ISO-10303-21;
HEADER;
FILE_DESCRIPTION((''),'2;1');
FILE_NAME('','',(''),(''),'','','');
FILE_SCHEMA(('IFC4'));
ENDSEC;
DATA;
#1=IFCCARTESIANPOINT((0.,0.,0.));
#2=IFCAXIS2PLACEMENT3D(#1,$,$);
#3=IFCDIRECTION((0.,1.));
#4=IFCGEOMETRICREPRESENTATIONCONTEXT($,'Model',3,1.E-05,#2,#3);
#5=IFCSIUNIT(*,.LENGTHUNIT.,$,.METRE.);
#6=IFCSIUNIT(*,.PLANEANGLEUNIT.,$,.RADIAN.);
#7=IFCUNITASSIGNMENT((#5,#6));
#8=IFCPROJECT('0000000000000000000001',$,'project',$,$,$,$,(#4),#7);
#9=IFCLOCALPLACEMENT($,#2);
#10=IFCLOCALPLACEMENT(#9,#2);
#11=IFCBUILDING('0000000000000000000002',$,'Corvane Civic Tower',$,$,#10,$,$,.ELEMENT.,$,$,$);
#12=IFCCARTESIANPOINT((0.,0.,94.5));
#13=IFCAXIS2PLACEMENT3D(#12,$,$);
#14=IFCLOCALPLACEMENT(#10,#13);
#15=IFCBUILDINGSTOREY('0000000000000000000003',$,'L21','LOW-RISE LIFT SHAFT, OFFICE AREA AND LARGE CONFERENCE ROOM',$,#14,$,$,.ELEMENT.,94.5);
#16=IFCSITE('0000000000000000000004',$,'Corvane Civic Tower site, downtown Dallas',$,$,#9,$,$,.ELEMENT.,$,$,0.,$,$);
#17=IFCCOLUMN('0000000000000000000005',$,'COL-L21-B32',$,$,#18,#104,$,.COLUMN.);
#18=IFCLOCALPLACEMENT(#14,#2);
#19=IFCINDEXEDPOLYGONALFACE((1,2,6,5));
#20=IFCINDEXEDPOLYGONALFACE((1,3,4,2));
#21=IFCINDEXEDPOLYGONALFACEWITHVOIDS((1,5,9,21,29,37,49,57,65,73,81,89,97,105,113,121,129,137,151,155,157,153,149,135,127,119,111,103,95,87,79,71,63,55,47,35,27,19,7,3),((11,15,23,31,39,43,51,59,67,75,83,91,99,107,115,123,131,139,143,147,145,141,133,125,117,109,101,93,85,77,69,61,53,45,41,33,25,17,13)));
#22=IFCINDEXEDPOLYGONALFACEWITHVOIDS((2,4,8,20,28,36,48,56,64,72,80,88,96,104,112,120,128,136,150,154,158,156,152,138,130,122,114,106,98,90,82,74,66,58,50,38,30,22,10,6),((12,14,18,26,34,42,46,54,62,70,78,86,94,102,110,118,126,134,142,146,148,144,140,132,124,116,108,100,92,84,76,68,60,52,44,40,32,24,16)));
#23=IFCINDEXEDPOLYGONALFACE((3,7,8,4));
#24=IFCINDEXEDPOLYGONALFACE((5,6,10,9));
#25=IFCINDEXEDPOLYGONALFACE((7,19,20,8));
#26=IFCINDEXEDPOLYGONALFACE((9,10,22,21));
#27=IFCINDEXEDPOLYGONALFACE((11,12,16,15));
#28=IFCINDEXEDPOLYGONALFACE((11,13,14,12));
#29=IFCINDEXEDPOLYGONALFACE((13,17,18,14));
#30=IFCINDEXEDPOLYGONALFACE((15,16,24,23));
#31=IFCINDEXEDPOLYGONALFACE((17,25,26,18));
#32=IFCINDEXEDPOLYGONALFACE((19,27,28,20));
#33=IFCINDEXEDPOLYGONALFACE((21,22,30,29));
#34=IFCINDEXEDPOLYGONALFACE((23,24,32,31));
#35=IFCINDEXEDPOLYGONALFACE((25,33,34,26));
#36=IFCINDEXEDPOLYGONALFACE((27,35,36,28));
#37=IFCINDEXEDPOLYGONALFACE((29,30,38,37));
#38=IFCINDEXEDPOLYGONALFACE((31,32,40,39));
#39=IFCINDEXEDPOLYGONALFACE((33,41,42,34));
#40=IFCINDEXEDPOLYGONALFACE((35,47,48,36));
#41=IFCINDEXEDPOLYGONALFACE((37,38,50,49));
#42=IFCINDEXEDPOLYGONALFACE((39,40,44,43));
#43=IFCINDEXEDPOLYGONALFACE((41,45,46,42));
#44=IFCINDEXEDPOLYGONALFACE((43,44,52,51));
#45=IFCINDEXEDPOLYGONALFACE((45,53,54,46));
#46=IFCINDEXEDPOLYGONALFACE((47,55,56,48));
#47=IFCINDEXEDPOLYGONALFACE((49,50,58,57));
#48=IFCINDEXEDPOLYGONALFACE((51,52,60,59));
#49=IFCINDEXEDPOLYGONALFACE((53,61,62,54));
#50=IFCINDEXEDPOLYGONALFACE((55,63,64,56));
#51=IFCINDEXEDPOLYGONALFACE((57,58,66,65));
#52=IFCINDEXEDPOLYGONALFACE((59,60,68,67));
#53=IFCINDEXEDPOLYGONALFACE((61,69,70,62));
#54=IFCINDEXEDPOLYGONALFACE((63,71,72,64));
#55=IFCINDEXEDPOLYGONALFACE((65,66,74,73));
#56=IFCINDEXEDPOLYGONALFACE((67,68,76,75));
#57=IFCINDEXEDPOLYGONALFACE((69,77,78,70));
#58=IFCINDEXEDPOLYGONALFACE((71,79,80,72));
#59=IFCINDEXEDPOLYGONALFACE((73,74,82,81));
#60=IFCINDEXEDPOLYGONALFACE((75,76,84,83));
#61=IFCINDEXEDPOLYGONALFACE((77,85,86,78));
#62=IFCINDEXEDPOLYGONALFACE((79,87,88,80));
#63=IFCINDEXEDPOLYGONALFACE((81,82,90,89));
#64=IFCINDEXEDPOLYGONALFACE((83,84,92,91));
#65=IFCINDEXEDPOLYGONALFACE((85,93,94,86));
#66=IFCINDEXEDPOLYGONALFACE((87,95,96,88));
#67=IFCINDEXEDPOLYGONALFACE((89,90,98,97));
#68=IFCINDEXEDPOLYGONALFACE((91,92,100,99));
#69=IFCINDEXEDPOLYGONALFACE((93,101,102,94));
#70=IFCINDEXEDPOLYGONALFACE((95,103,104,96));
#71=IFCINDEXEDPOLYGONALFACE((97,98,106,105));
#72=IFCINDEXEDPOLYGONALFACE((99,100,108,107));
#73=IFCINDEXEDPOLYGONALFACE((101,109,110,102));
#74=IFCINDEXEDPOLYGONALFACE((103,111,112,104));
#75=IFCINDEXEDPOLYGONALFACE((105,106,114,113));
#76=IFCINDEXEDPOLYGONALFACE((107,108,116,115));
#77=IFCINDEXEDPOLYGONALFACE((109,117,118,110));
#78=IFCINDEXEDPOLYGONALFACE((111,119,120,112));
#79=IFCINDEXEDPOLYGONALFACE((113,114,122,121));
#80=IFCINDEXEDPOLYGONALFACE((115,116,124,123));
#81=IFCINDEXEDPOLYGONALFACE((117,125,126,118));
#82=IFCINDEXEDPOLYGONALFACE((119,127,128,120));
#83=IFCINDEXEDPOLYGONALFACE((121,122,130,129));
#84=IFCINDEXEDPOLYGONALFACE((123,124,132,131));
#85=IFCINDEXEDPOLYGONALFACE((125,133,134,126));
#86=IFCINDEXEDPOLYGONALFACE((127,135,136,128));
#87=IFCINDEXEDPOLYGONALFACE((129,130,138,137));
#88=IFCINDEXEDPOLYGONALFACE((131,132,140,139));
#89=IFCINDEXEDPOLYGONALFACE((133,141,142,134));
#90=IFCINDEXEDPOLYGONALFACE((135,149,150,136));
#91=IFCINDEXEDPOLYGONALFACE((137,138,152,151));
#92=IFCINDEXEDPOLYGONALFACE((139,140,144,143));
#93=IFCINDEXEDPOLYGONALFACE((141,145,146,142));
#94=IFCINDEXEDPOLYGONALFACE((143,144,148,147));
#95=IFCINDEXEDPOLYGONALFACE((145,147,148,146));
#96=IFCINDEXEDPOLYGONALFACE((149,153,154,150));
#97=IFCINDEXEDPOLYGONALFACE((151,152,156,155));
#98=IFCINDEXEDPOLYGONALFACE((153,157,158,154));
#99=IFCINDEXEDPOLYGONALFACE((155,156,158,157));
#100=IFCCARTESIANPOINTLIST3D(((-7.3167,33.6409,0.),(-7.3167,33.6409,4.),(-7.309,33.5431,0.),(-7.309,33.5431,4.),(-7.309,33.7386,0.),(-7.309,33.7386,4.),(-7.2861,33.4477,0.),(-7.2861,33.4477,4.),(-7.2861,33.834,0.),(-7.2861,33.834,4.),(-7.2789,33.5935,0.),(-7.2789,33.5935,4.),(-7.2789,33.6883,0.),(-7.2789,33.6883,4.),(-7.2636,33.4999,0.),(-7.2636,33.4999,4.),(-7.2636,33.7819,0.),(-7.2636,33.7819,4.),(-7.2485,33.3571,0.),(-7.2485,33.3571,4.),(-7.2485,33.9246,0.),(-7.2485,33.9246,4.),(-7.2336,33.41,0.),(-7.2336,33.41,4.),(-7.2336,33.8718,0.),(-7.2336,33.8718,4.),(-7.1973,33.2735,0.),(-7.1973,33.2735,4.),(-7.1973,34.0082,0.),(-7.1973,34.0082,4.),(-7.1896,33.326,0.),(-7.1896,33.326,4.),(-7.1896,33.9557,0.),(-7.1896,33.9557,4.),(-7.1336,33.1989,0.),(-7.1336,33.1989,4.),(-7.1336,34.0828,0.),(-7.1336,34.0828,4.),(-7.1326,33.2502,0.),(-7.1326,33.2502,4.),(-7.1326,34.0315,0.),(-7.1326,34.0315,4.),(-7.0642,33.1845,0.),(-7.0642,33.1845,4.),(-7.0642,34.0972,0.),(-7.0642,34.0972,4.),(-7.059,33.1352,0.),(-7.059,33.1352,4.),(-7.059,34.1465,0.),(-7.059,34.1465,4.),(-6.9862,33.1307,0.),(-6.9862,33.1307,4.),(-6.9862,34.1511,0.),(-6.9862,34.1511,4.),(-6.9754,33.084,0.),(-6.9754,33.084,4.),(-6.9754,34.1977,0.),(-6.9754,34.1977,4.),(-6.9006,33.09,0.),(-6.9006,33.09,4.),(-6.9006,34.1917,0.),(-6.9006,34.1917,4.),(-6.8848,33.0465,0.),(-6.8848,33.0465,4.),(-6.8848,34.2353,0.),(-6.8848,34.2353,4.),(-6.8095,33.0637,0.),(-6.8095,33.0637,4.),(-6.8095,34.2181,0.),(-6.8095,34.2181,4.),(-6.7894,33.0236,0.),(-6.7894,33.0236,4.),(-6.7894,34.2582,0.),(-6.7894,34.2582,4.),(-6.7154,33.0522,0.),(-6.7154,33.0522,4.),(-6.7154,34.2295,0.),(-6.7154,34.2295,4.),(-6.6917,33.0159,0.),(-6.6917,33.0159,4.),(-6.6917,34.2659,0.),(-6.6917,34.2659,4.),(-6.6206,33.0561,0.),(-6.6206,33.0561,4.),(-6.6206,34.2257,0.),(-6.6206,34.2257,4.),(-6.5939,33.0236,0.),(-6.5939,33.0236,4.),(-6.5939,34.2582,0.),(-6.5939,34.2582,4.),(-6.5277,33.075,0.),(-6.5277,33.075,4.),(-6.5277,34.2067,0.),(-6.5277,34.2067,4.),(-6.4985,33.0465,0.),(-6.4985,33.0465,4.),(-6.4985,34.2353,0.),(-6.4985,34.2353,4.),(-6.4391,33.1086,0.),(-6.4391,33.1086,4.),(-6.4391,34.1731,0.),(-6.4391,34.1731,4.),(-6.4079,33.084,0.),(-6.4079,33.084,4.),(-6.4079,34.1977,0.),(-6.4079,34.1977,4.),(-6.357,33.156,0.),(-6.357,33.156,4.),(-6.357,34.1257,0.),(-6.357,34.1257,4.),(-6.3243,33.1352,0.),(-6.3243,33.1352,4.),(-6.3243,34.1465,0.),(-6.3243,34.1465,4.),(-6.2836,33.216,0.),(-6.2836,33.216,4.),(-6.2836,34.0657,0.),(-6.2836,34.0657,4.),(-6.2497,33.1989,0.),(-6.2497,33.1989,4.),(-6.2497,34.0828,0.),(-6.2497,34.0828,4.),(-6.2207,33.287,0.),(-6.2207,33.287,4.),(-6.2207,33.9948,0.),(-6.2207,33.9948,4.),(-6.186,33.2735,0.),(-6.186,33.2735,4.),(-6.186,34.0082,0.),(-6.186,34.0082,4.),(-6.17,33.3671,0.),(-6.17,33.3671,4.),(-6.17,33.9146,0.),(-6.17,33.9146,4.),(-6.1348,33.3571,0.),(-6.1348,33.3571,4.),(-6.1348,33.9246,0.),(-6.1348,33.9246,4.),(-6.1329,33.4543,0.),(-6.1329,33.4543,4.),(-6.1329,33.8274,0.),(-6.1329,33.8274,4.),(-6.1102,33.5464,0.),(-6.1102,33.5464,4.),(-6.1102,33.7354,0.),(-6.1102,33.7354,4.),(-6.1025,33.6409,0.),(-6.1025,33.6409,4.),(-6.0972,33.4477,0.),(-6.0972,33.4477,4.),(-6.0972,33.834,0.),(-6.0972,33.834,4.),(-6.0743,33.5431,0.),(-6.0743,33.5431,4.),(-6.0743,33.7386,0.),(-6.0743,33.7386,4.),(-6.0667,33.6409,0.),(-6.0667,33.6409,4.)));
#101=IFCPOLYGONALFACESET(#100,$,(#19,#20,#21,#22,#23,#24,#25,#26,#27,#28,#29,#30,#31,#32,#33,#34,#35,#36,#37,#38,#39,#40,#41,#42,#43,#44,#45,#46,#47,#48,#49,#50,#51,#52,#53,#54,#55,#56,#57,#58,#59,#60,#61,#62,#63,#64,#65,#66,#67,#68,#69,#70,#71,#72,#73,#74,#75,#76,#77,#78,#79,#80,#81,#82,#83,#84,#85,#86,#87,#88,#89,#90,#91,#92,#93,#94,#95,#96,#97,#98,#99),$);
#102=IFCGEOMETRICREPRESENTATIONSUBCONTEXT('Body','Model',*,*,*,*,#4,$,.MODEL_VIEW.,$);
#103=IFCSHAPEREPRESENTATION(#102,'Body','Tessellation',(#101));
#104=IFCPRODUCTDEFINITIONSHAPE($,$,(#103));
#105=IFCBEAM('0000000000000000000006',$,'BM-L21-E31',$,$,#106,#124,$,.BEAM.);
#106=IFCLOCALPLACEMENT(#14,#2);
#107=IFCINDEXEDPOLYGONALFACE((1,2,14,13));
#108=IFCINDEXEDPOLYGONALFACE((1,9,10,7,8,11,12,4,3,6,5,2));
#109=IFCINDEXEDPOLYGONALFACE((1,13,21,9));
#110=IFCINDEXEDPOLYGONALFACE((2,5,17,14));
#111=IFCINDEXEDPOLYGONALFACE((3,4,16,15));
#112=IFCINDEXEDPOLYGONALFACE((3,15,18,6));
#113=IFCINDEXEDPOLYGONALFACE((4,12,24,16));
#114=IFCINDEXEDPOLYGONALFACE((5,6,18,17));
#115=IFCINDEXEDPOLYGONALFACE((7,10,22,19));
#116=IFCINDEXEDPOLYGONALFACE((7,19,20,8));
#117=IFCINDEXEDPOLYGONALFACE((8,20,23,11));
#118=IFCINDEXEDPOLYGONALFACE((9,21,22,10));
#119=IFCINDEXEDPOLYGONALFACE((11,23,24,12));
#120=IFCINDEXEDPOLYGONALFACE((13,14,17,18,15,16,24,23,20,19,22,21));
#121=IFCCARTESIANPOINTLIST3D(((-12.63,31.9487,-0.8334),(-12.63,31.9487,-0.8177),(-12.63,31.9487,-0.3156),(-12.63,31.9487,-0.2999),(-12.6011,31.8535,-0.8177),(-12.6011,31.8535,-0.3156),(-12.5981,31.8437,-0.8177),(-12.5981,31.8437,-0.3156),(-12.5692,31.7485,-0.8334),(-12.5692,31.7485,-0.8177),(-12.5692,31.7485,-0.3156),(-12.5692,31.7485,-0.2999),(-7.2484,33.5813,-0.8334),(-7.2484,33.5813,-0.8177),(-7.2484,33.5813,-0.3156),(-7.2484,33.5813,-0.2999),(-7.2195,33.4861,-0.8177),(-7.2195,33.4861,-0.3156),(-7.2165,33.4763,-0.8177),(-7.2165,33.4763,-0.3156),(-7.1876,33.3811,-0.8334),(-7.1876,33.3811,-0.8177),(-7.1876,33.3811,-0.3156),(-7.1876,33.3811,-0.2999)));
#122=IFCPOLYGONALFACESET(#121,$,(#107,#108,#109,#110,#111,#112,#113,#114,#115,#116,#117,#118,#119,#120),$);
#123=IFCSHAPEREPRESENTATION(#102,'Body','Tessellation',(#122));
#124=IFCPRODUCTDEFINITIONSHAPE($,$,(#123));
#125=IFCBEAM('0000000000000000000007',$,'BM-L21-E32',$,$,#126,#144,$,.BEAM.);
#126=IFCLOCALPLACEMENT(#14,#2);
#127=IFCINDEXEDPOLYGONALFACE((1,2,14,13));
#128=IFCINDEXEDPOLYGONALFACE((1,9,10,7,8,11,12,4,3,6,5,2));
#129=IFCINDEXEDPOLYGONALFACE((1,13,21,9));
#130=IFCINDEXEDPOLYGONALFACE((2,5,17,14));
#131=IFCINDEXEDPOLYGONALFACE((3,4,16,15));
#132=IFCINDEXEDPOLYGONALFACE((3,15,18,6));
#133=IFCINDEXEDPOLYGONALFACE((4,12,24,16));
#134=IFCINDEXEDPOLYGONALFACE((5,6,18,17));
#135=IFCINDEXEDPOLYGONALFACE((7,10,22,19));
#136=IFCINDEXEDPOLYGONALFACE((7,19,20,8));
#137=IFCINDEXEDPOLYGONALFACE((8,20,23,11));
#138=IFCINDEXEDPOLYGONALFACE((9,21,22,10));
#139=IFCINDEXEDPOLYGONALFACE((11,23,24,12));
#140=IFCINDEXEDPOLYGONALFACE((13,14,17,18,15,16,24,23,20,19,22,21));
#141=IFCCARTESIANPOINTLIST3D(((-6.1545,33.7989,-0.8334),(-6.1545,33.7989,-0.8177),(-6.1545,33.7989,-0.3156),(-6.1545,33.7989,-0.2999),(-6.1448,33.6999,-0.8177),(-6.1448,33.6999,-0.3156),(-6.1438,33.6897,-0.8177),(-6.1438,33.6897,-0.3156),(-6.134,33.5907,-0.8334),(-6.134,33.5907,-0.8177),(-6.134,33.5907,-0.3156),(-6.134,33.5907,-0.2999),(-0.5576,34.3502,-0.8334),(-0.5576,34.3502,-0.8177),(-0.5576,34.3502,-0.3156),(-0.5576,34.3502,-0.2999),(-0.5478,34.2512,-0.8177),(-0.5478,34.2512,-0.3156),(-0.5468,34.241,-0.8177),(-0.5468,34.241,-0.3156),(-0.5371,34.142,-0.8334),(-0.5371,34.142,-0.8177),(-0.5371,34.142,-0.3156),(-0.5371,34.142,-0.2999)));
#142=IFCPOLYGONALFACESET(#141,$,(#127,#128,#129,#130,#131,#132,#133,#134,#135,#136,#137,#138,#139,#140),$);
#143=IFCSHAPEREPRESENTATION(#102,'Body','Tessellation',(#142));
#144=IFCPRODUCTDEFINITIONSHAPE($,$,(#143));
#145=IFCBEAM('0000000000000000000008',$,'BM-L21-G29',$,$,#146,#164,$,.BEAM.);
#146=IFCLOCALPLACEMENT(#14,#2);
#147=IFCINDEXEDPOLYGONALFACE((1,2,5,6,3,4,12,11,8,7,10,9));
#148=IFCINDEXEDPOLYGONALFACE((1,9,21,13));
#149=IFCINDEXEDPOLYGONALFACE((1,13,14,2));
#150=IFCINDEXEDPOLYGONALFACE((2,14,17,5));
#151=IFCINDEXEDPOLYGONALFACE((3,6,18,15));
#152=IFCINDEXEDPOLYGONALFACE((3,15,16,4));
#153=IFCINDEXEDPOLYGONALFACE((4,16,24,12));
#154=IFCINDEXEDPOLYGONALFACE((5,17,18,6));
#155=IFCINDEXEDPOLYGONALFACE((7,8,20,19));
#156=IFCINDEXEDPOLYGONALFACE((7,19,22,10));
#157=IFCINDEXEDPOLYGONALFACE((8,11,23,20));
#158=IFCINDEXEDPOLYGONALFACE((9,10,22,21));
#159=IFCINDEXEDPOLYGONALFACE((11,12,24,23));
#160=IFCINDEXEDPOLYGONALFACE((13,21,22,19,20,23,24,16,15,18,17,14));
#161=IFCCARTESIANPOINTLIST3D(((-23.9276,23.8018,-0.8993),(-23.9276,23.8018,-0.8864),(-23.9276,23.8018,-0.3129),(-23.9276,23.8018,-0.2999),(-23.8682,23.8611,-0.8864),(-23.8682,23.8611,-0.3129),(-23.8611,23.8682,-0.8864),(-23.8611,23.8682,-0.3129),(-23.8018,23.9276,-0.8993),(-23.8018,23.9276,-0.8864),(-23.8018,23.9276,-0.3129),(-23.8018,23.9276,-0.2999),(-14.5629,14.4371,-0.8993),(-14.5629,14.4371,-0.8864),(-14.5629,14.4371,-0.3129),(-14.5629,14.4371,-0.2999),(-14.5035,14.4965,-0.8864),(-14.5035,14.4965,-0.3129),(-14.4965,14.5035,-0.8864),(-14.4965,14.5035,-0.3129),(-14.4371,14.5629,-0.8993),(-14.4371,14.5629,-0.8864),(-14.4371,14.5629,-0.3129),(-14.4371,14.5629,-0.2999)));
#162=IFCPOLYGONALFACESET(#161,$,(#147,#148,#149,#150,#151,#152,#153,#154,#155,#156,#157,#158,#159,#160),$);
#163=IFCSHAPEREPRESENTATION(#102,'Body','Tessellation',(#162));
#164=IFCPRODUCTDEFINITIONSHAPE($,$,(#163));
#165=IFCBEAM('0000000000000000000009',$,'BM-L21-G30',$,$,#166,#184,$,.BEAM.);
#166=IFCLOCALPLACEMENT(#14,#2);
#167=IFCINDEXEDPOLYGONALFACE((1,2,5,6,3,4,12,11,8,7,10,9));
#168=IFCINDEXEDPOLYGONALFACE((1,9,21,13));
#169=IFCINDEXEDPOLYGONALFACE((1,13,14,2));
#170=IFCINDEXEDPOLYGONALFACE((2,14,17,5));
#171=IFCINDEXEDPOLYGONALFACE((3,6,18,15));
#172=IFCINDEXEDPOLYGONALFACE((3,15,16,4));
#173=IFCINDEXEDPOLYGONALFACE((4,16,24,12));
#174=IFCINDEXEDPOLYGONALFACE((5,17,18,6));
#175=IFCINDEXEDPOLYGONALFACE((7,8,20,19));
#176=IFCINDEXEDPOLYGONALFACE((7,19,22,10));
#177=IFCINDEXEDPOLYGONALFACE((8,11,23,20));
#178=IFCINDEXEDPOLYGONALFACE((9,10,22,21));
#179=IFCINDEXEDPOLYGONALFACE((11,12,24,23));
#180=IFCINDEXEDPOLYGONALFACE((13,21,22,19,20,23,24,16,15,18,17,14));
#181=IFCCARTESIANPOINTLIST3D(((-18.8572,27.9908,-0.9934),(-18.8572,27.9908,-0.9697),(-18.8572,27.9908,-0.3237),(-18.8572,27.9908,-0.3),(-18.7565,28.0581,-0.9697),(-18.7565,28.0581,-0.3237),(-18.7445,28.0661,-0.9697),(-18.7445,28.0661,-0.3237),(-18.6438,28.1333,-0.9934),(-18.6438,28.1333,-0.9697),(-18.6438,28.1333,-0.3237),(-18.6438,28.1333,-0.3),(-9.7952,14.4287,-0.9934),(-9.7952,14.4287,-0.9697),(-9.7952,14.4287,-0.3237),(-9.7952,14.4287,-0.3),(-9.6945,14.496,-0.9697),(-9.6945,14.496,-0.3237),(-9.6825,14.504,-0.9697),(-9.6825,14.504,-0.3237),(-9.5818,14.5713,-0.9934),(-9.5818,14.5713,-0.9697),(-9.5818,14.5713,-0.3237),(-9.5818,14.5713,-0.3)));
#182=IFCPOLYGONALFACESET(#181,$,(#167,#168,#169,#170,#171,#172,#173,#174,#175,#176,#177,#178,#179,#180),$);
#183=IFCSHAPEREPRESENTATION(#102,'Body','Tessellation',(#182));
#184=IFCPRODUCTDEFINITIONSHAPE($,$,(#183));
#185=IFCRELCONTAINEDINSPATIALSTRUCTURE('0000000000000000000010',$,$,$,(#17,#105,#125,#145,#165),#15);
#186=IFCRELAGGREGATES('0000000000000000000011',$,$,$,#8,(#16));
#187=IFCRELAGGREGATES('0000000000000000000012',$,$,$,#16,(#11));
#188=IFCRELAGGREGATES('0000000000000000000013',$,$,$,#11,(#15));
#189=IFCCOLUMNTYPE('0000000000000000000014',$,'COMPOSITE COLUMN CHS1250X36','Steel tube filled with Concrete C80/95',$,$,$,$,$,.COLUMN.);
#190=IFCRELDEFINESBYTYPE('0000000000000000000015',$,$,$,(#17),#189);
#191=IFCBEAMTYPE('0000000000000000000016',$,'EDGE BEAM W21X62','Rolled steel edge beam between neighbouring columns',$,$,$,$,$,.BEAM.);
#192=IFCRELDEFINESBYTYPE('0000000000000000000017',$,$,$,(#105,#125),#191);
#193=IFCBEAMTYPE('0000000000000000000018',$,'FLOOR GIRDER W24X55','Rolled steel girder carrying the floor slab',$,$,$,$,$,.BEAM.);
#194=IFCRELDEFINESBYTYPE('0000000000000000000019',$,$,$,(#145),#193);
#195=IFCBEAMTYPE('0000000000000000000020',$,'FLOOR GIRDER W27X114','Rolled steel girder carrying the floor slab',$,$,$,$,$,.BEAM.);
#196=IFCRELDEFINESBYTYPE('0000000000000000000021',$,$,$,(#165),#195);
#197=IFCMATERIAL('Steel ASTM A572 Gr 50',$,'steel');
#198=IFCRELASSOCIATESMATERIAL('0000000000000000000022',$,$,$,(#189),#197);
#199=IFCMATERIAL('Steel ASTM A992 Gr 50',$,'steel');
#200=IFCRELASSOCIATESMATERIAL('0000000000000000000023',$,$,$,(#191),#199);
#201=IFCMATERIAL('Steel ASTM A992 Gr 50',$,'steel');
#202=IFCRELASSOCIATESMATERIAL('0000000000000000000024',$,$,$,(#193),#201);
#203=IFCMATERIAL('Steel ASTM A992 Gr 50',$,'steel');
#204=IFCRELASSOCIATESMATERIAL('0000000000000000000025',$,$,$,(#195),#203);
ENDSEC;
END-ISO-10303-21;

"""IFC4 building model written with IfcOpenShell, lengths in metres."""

from ifc_helpers import new_model, si_unit, direction, frame, origin, origin_2d, place, context, subcontext, project, spatial, hollow_circle, i_section, extrude, material, material_profile, profile_set, type_object, element, save


model = new_model("IFC4")

# Units and contexts
model_context = context("Model", 3, precision=1e-05, world=origin(), true_north=direction((0.0, 1.0)))
body_context = subcontext(model_context, "Body", "Model", "MODEL_VIEW")
ifc_project = project(units=[si_unit("LENGTHUNIT", "METRE"), si_unit("PLANEANGLEUNIT", "RADIAN")], contexts=[model_context])

# Site, building, storey
site_placement = place(None, origin())
site = spatial("IfcSite", under=ifc_project, at=site_placement, Name="Corvane Civic Tower site, downtown Dallas", CompositionType="ELEMENT", RefElevation=0.0)
building_placement = place(site_placement, origin())
building = spatial("IfcBuilding", under=site, at=building_placement, Name="Corvane Civic Tower", CompositionType="ELEMENT")
storey_placement = place(building_placement, frame((0.0, 0.0, 94.5)))
storey = spatial("IfcBuildingStorey", under=building, at=storey_placement, Name="L21", Description="LOW-RISE LIFT SHAFT, OFFICE AREA AND LARGE CONFERENCE ROOM", CompositionType="ELEMENT", Elevation=94.5)

# Column
ifc_material_1 = material(Name="Steel ASTM A572 Gr 50", Category="steel")
ifc_material_profile_1 = material_profile(ifc_material_1, hollow_circle(Radius=0.625, WallThickness=0.0359, at=origin_2d()), Name="CHS1250X36")
ifc_profile_set_1 = profile_set([ifc_material_profile_1], Name="Steel ASTM A572 Gr 50")
column_type = type_object("IfcColumnType", Name="COMPOSITE COLUMN CHS1250X36", Description="Steel tube filled with Concrete C80/95", PredefinedType="COLUMN", material=ifc_profile_set_1)
for number, where, z_axis, x_axis, name in (
    (1, (-6.6917, 33.6409, 0.0), (0.0, 0.0, 1.0), (1.0, 0.0, 0.0), "COL-L21-B32"),
):
    element("IfcColumn", number, at=place(storey_placement, frame(where, z_axis=z_axis, x_axis=x_axis)), inside=storey, type_object=column_type, Name=name, PredefinedType="COLUMN", context=body_context, shape_type="SweptSolid", body=[
        extrude(hollow_circle(Radius=0.625, WallThickness=0.0359, at=origin_2d()), origin(), (0.0, 0.0, 1.0), 4.0),
    ])

# Beams
ifc_material_2 = material(Name="Steel ASTM A992 Gr 50", Category="steel")
ifc_material_profile_2 = material_profile(ifc_material_2, i_section(OverallWidth=0.2092, OverallDepth=0.5334, WebThickness=0.0103, FlangeThickness=0.0156, at=origin_2d()), Name="W21X62")
ifc_profile_set_2 = profile_set([ifc_material_profile_2], Name="Steel ASTM A992 Gr 50")
beam_type_1 = type_object("IfcBeamType", Name="EDGE BEAM W21X62", Description="Rolled steel edge beam between neighbouring columns", PredefinedType="BEAM", material=ifc_profile_set_2)
beam_1_placement = place(storey_placement, frame((-12.5996, 31.8486, -0.5667), z_axis=(0.956936, 0.290298, 0.0), x_axis=(-0.290298, 0.956936, 0.0)))
element("IfcBeam", 2, at=beam_1_placement, inside=storey, type_object=beam_type_1, Name="BM-L21-E31", PredefinedType="BEAM", context=body_context, shape_type="SweptSolid", body=[
    extrude(i_section(OverallWidth=0.2092, OverallDepth=0.5334, WebThickness=0.0103, FlangeThickness=0.0156, at=origin_2d()), origin(), (0.0, 0.0, 1.0), 5.6238),
])
beam_2_placement = place(storey_placement, frame((-6.1443, 33.6948, -0.5667), z_axis=(0.995184, 0.098021, 0.0), x_axis=(-0.098021, 0.995184, 0.0)))
element("IfcBeam", 3, at=beam_2_placement, inside=storey, type_object=beam_type_1, Name="BM-L21-E32", PredefinedType="BEAM", context=body_context, shape_type="SweptSolid", body=[
    extrude(i_section(OverallWidth=0.2092, OverallDepth=0.5334, WebThickness=0.0103, FlangeThickness=0.0156, at=origin_2d()), origin(), (0.0, 0.0, 1.0), 5.624),
])
ifc_material_3 = material(Name="Steel ASTM A992 Gr 50", Category="steel")
ifc_material_profile_3 = material_profile(ifc_material_3, i_section(OverallWidth=0.178, OverallDepth=0.5994, WebThickness=0.01, FlangeThickness=0.0129, at=origin_2d()), Name="W24X55")
ifc_profile_set_3 = profile_set([ifc_material_profile_3], Name="Steel ASTM A992 Gr 50")
beam_type_2 = type_object("IfcBeamType", Name="FLOOR GIRDER W24X55", Description="Rolled steel girder carrying the floor slab", PredefinedType="BEAM", material=ifc_profile_set_3)
beam_3_placement = place(storey_placement, frame((-14.5, 14.5, -0.5996), z_axis=(-0.707107, 0.707107, 0.0), x_axis=(-0.707107, -0.707107, 0.0)))
element("IfcBeam", 4, at=beam_3_placement, inside=storey, type_object=beam_type_2, Name="BM-L21-G29", PredefinedType="BEAM", context=body_context, shape_type="SweptSolid", body=[
    extrude(i_section(OverallWidth=0.178, OverallDepth=0.5994, WebThickness=0.01, FlangeThickness=0.0129, at=origin_2d()), origin(), (0.0, 0.0, 1.0), 13.2437),
])
ifc_material_4 = material(Name="Steel ASTM A992 Gr 50", Category="steel")
ifc_material_profile_4 = material_profile(ifc_material_4, i_section(OverallWidth=0.2566, OverallDepth=0.6934, WebThickness=0.0144, FlangeThickness=0.0237, at=origin_2d()), Name="W27X114")
ifc_profile_set_4 = profile_set([ifc_material_profile_4], Name="Steel ASTM A992 Gr 50")
beam_type_3 = type_object("IfcBeamType", Name="FLOOR GIRDER W27X114", Description="Rolled steel girder carrying the floor slab", PredefinedType="BEAM", material=ifc_profile_set_4)
beam_4_placement = place(storey_placement, frame((-9.6885, 14.5, -0.6467), z_axis=(-0.555577, 0.831465, 0.0), x_axis=(-0.831465, -0.555577, 0.0)))
element("IfcBeam", 5, at=beam_4_placement, inside=storey, type_object=beam_type_3, Name="BM-L21-G30", PredefinedType="BEAM", context=body_context, shape_type="SweptSolid", body=[
    extrude(i_section(OverallWidth=0.2566, OverallDepth=0.6934, WebThickness=0.0144, FlangeThickness=0.0237, at=origin_2d()), origin(), (0.0, 0.0, 1.0), 16.311),
])

save(model, "model.ifc")
